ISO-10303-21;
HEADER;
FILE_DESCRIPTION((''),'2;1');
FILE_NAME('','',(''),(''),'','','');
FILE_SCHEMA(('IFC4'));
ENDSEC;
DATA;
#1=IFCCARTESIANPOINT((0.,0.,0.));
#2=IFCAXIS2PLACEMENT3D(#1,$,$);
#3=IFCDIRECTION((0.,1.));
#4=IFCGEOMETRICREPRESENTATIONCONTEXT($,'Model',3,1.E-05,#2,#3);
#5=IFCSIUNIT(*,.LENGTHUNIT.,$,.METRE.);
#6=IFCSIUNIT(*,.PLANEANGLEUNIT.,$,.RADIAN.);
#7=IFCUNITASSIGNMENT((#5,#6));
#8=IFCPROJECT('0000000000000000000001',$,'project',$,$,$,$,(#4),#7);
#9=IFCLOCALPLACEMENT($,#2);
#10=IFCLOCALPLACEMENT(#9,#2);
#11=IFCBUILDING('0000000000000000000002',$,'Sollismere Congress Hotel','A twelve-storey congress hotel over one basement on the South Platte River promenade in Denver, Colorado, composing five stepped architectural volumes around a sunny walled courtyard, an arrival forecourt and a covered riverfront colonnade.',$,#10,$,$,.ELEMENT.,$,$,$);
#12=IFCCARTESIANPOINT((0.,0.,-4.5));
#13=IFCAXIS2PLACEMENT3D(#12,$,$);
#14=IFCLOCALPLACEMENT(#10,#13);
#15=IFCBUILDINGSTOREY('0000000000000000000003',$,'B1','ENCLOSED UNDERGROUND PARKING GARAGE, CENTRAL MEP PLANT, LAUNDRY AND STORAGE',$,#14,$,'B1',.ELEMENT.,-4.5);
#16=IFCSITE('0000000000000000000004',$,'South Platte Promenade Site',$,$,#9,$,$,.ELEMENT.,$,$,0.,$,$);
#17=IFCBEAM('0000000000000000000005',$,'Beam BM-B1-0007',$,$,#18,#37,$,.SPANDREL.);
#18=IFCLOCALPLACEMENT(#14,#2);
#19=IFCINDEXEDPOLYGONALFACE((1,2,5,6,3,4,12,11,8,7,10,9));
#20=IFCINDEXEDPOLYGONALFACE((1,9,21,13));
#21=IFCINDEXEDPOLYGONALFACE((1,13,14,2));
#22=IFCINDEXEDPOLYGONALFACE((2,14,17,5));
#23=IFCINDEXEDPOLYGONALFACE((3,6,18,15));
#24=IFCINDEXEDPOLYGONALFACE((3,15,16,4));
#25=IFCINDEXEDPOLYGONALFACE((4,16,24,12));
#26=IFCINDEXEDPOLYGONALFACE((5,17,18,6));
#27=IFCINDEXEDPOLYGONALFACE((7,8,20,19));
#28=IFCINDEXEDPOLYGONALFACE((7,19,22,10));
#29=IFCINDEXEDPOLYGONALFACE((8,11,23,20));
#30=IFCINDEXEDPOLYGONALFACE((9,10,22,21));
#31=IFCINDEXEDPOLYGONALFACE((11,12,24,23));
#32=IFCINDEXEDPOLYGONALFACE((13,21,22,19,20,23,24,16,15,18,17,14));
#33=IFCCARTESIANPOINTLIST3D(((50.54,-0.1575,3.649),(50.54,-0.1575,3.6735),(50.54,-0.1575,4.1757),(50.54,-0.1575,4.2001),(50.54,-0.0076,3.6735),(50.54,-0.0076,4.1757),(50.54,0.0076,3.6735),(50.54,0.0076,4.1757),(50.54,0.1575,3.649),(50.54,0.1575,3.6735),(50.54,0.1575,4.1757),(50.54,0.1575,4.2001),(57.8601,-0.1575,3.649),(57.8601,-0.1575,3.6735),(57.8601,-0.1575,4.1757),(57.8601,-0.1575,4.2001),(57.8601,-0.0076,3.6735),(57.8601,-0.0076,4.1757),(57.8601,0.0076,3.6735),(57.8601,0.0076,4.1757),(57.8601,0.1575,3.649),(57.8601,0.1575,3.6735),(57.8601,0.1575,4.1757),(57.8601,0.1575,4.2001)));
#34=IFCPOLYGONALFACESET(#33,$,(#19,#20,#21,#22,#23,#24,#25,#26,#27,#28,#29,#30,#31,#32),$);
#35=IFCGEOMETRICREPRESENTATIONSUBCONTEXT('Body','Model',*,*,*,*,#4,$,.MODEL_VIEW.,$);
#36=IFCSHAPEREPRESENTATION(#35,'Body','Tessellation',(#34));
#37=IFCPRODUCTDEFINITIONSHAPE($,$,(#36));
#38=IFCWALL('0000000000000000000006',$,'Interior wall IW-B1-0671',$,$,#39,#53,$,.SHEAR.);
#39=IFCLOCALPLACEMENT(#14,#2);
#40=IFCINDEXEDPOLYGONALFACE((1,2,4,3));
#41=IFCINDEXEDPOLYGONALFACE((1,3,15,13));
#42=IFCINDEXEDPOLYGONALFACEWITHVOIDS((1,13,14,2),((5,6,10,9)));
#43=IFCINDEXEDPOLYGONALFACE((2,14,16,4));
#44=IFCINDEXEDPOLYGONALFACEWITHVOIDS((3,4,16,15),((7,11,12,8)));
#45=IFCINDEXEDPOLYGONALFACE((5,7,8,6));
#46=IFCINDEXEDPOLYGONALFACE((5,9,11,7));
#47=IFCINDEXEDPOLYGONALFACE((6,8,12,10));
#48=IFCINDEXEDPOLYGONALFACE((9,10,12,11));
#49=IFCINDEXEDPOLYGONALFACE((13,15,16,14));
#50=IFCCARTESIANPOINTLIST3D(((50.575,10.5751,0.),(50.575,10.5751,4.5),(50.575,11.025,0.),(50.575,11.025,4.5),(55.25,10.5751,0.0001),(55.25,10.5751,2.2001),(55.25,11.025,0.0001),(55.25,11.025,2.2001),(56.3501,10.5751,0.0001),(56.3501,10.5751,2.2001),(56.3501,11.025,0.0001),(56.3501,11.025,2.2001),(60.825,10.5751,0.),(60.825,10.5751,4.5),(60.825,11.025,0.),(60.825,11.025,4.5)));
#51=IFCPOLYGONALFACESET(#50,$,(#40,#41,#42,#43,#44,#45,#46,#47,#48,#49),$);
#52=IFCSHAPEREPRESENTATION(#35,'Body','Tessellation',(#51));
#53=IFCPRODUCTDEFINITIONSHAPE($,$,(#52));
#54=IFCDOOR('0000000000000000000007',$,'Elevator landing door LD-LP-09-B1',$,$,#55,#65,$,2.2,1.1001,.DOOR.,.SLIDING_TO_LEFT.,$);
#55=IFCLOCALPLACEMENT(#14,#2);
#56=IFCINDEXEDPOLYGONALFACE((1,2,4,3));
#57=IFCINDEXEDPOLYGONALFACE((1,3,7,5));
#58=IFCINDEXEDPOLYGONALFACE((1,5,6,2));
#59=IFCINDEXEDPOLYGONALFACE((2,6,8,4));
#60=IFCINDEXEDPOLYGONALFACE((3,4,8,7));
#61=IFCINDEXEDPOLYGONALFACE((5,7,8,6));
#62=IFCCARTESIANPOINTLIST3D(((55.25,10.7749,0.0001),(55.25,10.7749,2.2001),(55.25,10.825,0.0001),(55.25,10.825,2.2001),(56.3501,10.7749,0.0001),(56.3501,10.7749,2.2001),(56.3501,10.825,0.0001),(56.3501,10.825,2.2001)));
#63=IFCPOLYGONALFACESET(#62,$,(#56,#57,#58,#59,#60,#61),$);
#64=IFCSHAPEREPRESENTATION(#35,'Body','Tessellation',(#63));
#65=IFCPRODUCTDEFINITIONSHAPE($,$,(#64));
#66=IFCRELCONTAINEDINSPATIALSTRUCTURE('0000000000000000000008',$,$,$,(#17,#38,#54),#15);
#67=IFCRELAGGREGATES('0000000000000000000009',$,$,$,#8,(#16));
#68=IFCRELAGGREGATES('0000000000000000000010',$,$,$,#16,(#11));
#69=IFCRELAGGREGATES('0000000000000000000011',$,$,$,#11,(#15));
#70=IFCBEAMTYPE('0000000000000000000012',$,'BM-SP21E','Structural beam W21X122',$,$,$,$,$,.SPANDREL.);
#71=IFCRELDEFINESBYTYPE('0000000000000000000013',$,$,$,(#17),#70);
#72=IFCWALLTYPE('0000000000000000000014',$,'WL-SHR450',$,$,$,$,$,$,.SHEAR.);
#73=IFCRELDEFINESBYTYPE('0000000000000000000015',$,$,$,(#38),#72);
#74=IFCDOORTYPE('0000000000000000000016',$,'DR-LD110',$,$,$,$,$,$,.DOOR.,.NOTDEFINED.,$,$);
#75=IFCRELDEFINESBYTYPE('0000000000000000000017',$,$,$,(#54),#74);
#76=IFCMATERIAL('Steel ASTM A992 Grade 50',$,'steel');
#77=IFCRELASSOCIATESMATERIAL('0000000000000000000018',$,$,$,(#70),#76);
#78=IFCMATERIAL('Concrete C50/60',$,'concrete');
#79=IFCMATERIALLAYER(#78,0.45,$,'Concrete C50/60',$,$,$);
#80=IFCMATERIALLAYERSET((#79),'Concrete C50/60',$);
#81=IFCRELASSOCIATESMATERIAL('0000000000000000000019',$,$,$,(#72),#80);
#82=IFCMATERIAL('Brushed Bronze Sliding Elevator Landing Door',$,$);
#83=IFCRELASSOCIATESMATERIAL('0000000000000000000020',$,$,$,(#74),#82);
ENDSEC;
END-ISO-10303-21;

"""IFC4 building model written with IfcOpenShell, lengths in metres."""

from ifc_helpers import new_model, si_unit, direction, frame, frame_2d, origin, origin_2d, place, context, subcontext, project, spatial, rectangle, i_section, extrude, material, layer, layer_set, material_profile, profile_set, type_object, element, fill, save


model = new_model("IFC4")

# Units and contexts
model_context = context("Model", 3, precision=1e-05, world=origin(), true_north=direction((0.0, 1.0)))
body_context = subcontext(model_context, "Body", "Model", "MODEL_VIEW")
ifc_project = project(units=[si_unit("LENGTHUNIT", "METRE"), si_unit("PLANEANGLEUNIT", "RADIAN")], contexts=[model_context])

# Site, building, storey
site_placement = place(None, origin())
site = spatial("IfcSite", under=ifc_project, at=site_placement, Name="South Platte Promenade Site", CompositionType="ELEMENT", RefElevation=0.0)
building_placement = place(site_placement, origin())
building = spatial("IfcBuilding", under=site, at=building_placement, Name="Sollismere Congress Hotel", Description="A twelve-storey congress hotel over one basement on the South Platte River promenade in Denver, Colorado, composing five stepped architectural volumes around a sunny walled courtyard, an arrival forecourt and a covered riverfront colonnade.", CompositionType="ELEMENT")
storey_placement = place(building_placement, frame((0.0, 0.0, -4.5)))
storey = spatial("IfcBuildingStorey", under=building, at=storey_placement, Name="B1", Description="ENCLOSED UNDERGROUND PARKING GARAGE, CENTRAL MEP PLANT, LAUNDRY AND STORAGE", LongName="B1", CompositionType="ELEMENT", Elevation=-4.5)

# Shared definitions
ifc_material_1 = material(Name="Concrete C50/60", Category="concrete")

# Beam
ifc_material_2 = material(Name="Steel ASTM A992 Grade 50", Category="steel")
ifc_material_profile_1 = material_profile(ifc_material_2, i_section(OverallWidth=0.3149, OverallDepth=0.551, WebThickness=0.0151, FlangeThickness=0.0244, at=origin_2d()), Name="W21X122")
ifc_profile_set_1 = profile_set([ifc_material_profile_1], Name="Steel ASTM A992 Grade 50")
beam_type_1 = type_object("IfcBeamType", Name="BM-SP21E", Description="Structural beam W21X122", PredefinedType="SPANDREL", material=ifc_profile_set_1)
beam_1_placement = place(storey_placement, frame((50.54, 0.0, 3.9246), z_axis=(1.0, 0.0, 0.0), x_axis=(0.0, 1.0, 0.0)))
element("IfcBeam", 1, at=beam_1_placement, inside=storey, type_object=beam_type_1, Name="Beam BM-B1-0007", PredefinedType="SPANDREL", context=body_context, shape_type="SweptSolid", body=[
    extrude(i_section(OverallWidth=0.3149, OverallDepth=0.551, WebThickness=0.0151, FlangeThickness=0.0244, at=origin_2d()), origin(), (0.0, 0.0, 1.0), 7.3201),
])

# Wall, opening, door
ifc_layer = layer(ifc_material_1, 0.45, Name="Concrete C50/60")
ifc_layer_set = layer_set([ifc_layer], Name="Concrete C50/60")
wall_type = type_object("IfcWallType", Name="WL-SHR450", PredefinedType="SHEAR", material=ifc_layer_set)
wall_placement = place(storey_placement, frame((50.575, 10.8, 0.0), z_axis=(0.0, 0.0, 1.0), x_axis=(1.0, 0.0, 0.0)))
wall = element("IfcWall", 2, at=wall_placement, inside=storey, type_object=wall_type, Name="Interior wall IW-B1-0671", PredefinedType="SHEAR", context=body_context, shape_type="SweptSolid", body=[
    extrude(rectangle(XDim=10.25, YDim=0.45, at=frame_2d((5.125, 0.0))), origin(), (0.0, 0.0, 1.0), 4.5),
])
opening_placement = place(wall_placement, frame((4.675, 0.0, 0.0)))
opening = element("IfcOpeningElement", 3, at=opening_placement, cuts=wall, PredefinedType="OPENING", context=body_context, shape_type="SweptSolid", body=[
    extrude(rectangle(XDim=1.1001, YDim=2.2, at=frame_2d((0.55, 1.1001))), frame((0.0, 0.2349, 0.0), z_axis=(0.0, -1.0, 0.0), x_axis=(1.0, 0.0, 0.0)), (0.0, 0.0, 1.0), 0.47),
])
ifc_material_3 = material(Name="Brushed Bronze Sliding Elevator Landing Door")
door_type = type_object("IfcDoorType", Name="DR-LD110", OperationType="NOTDEFINED", PredefinedType="DOOR", material=ifc_material_3)
door_placement = place(opening_placement, origin())
door = element("IfcDoor", 4, at=door_placement, inside=storey, type_object=door_type, Name="Elevator landing door LD-LP-09-B1", OperationType="SLIDING_TO_LEFT", OverallHeight=2.2, OverallWidth=1.1001, PredefinedType="DOOR", context=body_context, shape_type="SweptSolid", body=[
    extrude(rectangle(XDim=1.1001, YDim=2.2, at=frame_2d((0.55, 1.1001))), frame((0.0, 0.0249, 0.0), z_axis=(0.0, -1.0, 0.0), x_axis=(1.0, 0.0, 0.0)), (0.0, 0.0, 1.0), 0.05),
])
fill(opening, door)

save(model, "model.ifc")
